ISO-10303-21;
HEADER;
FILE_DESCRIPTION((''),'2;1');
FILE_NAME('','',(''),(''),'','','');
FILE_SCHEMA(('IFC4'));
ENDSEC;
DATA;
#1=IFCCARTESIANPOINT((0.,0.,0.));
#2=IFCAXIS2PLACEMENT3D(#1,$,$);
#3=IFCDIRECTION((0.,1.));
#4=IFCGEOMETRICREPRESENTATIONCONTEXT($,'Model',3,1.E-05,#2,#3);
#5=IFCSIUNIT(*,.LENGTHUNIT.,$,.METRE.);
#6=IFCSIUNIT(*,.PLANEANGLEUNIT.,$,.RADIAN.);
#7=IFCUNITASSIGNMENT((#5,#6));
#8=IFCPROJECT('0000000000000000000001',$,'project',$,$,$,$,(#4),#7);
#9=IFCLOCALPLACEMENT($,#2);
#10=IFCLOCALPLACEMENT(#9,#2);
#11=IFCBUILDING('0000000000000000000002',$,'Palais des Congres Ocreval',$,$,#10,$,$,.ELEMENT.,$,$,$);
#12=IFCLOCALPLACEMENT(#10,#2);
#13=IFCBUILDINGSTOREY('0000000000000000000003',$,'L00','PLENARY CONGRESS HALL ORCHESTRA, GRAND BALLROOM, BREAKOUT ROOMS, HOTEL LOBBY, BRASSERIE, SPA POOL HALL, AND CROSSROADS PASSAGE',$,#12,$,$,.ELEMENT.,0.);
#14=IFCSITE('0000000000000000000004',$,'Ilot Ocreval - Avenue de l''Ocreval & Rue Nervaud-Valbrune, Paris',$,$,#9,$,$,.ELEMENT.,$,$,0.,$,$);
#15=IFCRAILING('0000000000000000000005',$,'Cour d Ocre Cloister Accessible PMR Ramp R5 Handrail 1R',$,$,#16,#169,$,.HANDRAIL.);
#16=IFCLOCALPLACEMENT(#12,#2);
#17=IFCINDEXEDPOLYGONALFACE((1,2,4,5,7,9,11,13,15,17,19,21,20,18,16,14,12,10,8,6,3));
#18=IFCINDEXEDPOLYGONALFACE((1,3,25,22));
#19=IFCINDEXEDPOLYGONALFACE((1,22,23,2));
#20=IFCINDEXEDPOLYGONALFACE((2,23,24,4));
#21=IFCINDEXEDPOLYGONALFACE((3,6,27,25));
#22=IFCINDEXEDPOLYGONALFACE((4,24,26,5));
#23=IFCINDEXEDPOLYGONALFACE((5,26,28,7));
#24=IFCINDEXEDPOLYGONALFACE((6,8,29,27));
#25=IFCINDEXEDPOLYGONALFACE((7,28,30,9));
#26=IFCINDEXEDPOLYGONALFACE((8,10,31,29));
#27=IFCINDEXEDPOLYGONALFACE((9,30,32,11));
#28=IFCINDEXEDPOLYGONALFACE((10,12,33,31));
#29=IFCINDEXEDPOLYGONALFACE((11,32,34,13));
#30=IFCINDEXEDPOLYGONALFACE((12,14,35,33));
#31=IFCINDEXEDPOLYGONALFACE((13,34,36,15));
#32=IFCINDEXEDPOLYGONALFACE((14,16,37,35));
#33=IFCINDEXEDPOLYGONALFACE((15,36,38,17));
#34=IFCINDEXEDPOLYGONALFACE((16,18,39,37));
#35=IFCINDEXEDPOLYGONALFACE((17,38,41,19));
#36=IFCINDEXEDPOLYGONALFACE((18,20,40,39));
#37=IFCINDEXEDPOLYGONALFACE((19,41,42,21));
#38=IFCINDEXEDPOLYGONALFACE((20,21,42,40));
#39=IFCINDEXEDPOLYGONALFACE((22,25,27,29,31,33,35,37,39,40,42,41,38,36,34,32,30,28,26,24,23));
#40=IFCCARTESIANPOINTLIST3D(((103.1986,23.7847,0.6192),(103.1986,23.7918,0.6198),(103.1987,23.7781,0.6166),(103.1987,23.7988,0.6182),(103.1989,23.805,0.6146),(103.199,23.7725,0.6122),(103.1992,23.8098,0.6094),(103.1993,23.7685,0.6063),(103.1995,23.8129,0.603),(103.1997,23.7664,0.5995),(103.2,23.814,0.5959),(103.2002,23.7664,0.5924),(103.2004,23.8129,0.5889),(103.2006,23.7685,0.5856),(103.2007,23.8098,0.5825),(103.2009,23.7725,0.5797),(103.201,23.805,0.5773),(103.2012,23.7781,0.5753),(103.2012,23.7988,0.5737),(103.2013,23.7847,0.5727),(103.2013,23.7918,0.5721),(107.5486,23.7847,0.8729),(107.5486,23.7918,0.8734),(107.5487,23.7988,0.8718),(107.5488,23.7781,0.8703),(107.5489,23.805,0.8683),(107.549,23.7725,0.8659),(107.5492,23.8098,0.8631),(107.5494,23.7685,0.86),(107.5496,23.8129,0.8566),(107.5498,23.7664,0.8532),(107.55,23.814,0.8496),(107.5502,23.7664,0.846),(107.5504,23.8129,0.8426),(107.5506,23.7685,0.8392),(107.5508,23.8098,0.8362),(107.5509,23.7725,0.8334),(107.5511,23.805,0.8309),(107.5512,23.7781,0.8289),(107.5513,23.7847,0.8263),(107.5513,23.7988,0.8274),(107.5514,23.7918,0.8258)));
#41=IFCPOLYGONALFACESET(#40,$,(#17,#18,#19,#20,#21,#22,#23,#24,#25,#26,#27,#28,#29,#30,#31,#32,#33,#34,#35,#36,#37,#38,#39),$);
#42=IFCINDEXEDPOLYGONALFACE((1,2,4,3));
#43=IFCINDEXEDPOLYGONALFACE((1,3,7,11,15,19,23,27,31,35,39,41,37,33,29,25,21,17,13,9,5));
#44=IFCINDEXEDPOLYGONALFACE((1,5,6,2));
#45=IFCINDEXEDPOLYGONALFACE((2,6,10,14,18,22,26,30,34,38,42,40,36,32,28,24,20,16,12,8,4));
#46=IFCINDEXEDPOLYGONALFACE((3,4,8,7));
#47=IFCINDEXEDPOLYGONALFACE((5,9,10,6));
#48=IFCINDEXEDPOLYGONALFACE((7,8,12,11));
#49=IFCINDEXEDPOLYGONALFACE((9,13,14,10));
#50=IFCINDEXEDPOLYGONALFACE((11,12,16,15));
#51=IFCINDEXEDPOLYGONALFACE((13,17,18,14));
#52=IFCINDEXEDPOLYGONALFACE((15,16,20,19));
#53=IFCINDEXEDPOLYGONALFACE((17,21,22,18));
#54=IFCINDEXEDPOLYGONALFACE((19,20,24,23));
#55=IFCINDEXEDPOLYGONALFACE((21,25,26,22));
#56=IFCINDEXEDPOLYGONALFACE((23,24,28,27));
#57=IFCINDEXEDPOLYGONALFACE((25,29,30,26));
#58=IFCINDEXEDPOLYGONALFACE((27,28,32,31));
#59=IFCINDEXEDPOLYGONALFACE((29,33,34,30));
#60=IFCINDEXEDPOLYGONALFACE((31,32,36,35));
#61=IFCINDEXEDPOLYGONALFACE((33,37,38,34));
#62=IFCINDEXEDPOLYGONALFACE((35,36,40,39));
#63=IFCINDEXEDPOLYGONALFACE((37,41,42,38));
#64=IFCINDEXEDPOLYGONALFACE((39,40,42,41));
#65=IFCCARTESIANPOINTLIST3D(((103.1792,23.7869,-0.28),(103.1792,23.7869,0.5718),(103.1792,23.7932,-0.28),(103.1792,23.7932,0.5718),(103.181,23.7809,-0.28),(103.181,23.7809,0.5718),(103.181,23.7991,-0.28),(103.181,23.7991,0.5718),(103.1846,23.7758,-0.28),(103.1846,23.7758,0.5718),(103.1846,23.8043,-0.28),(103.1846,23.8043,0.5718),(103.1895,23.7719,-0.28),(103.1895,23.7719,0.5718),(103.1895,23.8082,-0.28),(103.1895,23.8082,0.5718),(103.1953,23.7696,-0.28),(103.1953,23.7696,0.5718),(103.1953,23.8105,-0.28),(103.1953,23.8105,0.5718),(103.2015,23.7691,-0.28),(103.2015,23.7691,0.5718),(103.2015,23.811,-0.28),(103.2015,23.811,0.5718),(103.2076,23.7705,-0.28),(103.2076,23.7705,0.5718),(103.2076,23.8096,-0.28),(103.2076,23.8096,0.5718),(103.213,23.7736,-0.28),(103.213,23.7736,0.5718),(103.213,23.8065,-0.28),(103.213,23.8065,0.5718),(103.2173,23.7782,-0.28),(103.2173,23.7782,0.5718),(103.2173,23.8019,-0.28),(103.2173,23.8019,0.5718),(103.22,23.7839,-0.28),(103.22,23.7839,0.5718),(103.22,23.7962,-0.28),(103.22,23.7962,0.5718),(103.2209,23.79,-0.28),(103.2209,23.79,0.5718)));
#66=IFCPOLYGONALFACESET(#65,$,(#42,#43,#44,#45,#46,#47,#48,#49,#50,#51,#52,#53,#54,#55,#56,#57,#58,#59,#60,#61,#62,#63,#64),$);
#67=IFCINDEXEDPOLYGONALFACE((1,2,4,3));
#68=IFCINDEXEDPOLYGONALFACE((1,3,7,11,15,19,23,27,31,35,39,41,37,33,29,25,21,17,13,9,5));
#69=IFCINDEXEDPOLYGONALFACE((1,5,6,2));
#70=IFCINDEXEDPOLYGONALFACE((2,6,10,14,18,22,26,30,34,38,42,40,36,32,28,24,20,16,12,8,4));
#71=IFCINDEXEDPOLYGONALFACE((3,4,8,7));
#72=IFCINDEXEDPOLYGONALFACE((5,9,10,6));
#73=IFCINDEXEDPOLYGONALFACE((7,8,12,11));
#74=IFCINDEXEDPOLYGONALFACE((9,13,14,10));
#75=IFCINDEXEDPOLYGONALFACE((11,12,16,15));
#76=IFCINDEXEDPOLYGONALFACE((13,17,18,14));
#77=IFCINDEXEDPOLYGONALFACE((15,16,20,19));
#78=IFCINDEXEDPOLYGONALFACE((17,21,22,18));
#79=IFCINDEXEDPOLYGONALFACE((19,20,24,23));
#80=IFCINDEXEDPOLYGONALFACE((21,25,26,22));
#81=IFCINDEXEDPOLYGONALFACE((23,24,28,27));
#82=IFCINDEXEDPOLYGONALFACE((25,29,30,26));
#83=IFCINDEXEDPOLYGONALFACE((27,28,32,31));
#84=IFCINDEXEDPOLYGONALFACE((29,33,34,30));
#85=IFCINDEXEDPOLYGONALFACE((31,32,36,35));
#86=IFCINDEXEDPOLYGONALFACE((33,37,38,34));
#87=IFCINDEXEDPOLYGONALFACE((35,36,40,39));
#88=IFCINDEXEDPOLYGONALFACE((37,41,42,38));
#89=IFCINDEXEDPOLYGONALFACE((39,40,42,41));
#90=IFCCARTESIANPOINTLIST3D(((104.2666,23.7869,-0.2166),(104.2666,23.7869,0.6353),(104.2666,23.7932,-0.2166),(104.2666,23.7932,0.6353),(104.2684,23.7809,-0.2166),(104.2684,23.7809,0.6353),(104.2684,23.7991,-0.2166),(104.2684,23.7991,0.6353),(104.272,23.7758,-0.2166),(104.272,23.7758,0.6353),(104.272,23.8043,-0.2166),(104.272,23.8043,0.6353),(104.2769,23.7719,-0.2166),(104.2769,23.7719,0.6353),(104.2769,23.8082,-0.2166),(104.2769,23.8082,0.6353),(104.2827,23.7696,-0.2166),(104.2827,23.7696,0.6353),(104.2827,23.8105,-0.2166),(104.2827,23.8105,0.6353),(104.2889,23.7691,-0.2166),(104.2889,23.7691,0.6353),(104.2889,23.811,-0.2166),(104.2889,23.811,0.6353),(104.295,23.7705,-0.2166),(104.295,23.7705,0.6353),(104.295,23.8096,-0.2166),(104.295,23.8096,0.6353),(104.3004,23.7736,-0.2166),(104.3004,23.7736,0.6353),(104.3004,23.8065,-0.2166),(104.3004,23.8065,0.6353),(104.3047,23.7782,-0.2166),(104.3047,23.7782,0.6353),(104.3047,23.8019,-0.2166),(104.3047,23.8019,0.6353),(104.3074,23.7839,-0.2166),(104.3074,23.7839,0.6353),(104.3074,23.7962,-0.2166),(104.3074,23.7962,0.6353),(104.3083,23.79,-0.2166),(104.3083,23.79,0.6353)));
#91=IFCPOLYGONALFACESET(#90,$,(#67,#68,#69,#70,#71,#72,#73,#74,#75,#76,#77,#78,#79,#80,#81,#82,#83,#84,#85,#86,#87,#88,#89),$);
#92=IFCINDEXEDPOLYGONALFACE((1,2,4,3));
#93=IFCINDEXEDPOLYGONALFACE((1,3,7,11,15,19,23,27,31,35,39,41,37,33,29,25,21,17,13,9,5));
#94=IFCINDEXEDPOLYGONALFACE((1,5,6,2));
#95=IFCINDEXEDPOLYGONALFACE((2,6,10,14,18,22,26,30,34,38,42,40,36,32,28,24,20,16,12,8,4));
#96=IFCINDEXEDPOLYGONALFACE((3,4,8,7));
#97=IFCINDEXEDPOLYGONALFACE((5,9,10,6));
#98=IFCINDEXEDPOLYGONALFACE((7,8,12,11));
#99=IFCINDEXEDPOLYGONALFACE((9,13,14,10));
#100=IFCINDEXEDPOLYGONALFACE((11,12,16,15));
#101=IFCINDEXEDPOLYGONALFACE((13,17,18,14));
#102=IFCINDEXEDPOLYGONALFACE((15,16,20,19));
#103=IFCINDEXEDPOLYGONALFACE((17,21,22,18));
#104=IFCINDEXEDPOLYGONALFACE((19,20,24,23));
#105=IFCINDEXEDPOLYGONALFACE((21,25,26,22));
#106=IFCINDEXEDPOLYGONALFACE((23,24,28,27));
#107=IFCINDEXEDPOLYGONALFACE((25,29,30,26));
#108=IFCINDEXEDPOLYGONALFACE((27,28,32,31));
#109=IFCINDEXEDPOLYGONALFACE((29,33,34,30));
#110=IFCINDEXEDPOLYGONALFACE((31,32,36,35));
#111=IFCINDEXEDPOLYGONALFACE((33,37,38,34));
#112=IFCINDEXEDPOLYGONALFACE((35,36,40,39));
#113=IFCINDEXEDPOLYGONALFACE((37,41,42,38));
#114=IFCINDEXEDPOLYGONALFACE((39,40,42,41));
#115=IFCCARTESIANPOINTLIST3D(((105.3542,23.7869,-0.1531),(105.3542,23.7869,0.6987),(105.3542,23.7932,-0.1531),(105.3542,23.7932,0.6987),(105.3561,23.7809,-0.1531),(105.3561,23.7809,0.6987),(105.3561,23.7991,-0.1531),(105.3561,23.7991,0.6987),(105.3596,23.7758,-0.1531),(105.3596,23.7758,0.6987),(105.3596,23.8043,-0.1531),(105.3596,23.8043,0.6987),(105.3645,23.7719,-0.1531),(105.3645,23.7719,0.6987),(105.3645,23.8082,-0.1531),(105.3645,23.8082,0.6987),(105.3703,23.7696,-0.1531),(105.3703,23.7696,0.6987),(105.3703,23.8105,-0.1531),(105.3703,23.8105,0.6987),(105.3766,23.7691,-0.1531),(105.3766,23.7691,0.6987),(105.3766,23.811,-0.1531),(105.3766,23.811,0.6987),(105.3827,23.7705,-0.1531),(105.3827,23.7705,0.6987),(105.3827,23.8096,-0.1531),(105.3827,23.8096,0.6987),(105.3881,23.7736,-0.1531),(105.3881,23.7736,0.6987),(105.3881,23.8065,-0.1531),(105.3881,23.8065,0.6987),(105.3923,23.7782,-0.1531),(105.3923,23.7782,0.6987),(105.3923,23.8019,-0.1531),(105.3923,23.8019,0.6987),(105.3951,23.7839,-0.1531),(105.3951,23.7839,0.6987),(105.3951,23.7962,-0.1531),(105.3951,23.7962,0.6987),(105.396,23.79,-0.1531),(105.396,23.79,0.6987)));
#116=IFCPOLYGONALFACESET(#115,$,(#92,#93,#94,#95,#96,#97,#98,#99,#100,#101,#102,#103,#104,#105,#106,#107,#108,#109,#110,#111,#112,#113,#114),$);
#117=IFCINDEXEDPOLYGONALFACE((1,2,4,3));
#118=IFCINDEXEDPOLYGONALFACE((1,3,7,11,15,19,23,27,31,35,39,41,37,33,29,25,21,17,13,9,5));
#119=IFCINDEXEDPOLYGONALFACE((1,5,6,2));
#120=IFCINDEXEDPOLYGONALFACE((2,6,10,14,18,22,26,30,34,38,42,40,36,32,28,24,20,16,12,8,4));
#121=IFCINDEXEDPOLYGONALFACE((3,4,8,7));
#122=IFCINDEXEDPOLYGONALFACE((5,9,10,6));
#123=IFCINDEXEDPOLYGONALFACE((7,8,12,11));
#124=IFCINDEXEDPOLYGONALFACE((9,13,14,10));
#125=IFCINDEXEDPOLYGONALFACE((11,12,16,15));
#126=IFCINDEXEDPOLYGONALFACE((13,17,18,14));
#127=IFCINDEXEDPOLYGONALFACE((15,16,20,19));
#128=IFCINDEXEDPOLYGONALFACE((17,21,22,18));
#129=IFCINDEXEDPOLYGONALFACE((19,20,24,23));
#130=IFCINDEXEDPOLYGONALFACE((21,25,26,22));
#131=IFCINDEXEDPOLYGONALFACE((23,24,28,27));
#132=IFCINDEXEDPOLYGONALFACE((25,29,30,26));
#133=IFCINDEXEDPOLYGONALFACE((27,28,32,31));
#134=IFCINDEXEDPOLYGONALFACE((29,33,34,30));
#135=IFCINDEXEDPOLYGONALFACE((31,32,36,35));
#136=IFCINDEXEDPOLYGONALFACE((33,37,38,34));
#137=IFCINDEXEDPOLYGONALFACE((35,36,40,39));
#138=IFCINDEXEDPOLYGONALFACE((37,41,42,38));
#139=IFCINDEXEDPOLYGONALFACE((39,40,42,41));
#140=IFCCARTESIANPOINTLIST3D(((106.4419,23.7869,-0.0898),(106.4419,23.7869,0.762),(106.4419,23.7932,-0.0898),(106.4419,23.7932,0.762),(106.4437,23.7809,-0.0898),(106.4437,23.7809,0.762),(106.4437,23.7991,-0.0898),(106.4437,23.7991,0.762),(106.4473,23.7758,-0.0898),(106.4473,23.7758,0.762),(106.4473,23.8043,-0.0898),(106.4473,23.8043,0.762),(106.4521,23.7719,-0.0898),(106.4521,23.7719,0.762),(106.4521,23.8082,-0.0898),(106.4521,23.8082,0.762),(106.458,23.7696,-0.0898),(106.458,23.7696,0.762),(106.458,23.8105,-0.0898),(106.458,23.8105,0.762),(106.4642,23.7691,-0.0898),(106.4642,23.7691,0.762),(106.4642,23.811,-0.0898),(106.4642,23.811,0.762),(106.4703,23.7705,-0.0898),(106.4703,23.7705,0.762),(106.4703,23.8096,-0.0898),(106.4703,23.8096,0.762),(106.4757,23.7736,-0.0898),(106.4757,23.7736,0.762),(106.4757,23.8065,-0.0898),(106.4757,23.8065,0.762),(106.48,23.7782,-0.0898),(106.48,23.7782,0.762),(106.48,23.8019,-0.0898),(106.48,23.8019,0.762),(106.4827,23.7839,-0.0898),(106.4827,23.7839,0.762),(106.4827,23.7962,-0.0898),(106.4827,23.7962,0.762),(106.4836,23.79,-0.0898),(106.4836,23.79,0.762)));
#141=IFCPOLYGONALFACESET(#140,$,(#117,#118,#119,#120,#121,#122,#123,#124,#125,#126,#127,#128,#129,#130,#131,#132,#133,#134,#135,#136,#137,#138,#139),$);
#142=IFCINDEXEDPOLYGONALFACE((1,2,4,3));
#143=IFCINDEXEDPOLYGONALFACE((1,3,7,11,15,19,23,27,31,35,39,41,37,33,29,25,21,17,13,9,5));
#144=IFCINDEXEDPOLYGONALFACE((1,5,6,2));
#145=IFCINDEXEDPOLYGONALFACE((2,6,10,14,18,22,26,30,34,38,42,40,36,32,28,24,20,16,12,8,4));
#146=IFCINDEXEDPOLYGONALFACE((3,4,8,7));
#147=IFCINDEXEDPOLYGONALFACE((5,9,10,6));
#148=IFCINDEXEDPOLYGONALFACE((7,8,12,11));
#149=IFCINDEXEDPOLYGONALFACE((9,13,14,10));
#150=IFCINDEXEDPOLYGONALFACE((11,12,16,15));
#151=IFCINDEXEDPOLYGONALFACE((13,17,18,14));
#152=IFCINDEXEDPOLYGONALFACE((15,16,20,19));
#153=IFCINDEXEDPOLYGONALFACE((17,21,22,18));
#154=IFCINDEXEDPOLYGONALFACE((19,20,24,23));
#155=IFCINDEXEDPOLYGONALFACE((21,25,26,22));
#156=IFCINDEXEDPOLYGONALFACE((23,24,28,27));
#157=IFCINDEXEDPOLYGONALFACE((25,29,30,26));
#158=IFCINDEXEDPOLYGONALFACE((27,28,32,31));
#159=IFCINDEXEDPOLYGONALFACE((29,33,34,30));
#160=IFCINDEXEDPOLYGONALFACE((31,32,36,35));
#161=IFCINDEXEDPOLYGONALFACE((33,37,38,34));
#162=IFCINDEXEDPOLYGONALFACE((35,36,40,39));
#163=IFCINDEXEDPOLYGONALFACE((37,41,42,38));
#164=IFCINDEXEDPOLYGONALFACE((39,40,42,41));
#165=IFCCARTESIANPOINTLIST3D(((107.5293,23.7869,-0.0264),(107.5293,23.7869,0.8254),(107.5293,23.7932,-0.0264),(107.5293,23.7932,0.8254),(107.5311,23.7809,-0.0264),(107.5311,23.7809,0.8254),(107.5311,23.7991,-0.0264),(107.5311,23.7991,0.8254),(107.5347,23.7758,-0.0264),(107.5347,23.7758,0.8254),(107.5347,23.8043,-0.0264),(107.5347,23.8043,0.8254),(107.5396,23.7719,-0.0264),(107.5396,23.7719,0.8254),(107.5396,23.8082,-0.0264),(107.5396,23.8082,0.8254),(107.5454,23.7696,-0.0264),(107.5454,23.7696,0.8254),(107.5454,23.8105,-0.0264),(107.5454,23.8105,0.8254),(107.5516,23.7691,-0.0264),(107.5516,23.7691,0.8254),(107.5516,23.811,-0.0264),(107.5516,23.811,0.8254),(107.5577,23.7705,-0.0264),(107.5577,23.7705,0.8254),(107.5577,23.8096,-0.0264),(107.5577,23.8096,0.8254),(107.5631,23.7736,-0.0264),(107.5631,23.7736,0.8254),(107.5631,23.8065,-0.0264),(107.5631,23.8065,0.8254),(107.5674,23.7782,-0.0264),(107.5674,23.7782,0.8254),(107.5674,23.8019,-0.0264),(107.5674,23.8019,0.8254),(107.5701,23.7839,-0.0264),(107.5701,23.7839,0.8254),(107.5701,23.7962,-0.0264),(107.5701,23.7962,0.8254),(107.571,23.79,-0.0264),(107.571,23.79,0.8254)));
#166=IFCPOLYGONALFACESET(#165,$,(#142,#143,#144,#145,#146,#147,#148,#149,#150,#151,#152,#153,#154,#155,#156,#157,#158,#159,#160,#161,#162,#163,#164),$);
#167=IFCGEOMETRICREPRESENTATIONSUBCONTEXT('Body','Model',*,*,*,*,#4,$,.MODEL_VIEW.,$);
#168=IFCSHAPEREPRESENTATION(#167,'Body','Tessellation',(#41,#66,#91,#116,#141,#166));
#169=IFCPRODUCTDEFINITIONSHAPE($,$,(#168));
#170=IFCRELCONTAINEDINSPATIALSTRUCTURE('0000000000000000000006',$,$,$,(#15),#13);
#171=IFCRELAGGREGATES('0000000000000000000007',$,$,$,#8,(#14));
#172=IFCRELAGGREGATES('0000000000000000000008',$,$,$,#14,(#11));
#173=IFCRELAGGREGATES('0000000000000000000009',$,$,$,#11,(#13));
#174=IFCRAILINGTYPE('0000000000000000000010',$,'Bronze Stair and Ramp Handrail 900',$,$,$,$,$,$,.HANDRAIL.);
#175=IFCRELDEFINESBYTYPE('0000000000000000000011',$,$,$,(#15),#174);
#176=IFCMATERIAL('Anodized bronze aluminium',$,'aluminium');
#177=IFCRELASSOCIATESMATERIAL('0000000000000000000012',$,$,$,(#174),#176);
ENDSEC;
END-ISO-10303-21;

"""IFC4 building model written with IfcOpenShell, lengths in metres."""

from ifc_helpers import new_model, si_unit, direction, frame, origin, origin_2d, place, context, subcontext, project, spatial, circle, extrude, material, type_object, element, save


model = new_model("IFC4")

# Units and contexts
model_context = context("Model", 3, precision=1e-05, world=origin(), true_north=direction((0.0, 1.0)))
body_context = subcontext(model_context, "Body", "Model", "MODEL_VIEW")
ifc_project = project(units=[si_unit("LENGTHUNIT", "METRE"), si_unit("PLANEANGLEUNIT", "RADIAN")], contexts=[model_context])

# Site, building, storey
site_placement = place(None, origin())
site = spatial("IfcSite", under=ifc_project, at=site_placement, Name="Ilot Ocreval - Avenue de l'Ocreval & Rue Nervaud-Valbrune, Paris", CompositionType="ELEMENT", RefElevation=0.0)
building_placement = place(site_placement, origin())
building = spatial("IfcBuilding", under=site, at=building_placement, Name="Palais des Congres Ocreval", CompositionType="ELEMENT")
storey_placement = place(building_placement, origin())
storey = spatial("IfcBuildingStorey", under=building, at=storey_placement, Name="L00", Description="PLENARY CONGRESS HALL ORCHESTRA, GRAND BALLROOM, BREAKOUT ROOMS, HOTEL LOBBY, BRASSERIE, SPA POOL HALL, AND CROSSROADS PASSAGE", CompositionType="ELEMENT", Elevation=0.0)

# Shared definitions
ifc_material_1 = material(Name="Anodized bronze aluminium", Category="aluminium")

# Railing
railing_type = type_object("IfcRailingType", Name="Bronze Stair and Ramp Handrail 900", PredefinedType="HANDRAIL", material=ifc_material_1)
for number, where, name in (
    (1, (103.2, 23.79, -0.28), "Cour d Ocre Cloister Accessible PMR Ramp R5 Handrail 1R"),
):
    element("IfcRailing", number, at=place(storey_placement, frame(where)), inside=storey, type_object=railing_type, Name=name, PredefinedType="HANDRAIL", context=body_context, shape_type="SweptSolid", body=[
        extrude(circle(Radius=0.0239, at=origin_2d()), frame((0.0, 0.0, 0.876), z_axis=(0.998304, 0.0, 0.058213), x_axis=(0.0, 1.0, 0.0)), (0.0, 0.0, 1.0), 4.3574),
        extrude(circle(Radius=0.021, at=origin_2d()), origin(), (0.0, 0.0, 1.0), 0.8518),
        extrude(circle(Radius=0.021, at=origin_2d()), frame((1.0874, 0.0, 0.0635)), (0.0, 0.0, 1.0), 0.8518),
        extrude(circle(Radius=0.021, at=origin_2d()), frame((2.175, 0.0, 0.127)), (0.0, 0.0, 1.0), 0.8518),
        extrude(circle(Radius=0.021, at=origin_2d()), frame((3.2627, 0.0, 0.1902)), (0.0, 0.0, 1.0), 0.8518),
        extrude(circle(Radius=0.021, at=origin_2d()), frame((4.3501, 0.0, 0.2537)), (0.0, 0.0, 1.0), 0.8518),
    ])

save(model, "model.ifc")
